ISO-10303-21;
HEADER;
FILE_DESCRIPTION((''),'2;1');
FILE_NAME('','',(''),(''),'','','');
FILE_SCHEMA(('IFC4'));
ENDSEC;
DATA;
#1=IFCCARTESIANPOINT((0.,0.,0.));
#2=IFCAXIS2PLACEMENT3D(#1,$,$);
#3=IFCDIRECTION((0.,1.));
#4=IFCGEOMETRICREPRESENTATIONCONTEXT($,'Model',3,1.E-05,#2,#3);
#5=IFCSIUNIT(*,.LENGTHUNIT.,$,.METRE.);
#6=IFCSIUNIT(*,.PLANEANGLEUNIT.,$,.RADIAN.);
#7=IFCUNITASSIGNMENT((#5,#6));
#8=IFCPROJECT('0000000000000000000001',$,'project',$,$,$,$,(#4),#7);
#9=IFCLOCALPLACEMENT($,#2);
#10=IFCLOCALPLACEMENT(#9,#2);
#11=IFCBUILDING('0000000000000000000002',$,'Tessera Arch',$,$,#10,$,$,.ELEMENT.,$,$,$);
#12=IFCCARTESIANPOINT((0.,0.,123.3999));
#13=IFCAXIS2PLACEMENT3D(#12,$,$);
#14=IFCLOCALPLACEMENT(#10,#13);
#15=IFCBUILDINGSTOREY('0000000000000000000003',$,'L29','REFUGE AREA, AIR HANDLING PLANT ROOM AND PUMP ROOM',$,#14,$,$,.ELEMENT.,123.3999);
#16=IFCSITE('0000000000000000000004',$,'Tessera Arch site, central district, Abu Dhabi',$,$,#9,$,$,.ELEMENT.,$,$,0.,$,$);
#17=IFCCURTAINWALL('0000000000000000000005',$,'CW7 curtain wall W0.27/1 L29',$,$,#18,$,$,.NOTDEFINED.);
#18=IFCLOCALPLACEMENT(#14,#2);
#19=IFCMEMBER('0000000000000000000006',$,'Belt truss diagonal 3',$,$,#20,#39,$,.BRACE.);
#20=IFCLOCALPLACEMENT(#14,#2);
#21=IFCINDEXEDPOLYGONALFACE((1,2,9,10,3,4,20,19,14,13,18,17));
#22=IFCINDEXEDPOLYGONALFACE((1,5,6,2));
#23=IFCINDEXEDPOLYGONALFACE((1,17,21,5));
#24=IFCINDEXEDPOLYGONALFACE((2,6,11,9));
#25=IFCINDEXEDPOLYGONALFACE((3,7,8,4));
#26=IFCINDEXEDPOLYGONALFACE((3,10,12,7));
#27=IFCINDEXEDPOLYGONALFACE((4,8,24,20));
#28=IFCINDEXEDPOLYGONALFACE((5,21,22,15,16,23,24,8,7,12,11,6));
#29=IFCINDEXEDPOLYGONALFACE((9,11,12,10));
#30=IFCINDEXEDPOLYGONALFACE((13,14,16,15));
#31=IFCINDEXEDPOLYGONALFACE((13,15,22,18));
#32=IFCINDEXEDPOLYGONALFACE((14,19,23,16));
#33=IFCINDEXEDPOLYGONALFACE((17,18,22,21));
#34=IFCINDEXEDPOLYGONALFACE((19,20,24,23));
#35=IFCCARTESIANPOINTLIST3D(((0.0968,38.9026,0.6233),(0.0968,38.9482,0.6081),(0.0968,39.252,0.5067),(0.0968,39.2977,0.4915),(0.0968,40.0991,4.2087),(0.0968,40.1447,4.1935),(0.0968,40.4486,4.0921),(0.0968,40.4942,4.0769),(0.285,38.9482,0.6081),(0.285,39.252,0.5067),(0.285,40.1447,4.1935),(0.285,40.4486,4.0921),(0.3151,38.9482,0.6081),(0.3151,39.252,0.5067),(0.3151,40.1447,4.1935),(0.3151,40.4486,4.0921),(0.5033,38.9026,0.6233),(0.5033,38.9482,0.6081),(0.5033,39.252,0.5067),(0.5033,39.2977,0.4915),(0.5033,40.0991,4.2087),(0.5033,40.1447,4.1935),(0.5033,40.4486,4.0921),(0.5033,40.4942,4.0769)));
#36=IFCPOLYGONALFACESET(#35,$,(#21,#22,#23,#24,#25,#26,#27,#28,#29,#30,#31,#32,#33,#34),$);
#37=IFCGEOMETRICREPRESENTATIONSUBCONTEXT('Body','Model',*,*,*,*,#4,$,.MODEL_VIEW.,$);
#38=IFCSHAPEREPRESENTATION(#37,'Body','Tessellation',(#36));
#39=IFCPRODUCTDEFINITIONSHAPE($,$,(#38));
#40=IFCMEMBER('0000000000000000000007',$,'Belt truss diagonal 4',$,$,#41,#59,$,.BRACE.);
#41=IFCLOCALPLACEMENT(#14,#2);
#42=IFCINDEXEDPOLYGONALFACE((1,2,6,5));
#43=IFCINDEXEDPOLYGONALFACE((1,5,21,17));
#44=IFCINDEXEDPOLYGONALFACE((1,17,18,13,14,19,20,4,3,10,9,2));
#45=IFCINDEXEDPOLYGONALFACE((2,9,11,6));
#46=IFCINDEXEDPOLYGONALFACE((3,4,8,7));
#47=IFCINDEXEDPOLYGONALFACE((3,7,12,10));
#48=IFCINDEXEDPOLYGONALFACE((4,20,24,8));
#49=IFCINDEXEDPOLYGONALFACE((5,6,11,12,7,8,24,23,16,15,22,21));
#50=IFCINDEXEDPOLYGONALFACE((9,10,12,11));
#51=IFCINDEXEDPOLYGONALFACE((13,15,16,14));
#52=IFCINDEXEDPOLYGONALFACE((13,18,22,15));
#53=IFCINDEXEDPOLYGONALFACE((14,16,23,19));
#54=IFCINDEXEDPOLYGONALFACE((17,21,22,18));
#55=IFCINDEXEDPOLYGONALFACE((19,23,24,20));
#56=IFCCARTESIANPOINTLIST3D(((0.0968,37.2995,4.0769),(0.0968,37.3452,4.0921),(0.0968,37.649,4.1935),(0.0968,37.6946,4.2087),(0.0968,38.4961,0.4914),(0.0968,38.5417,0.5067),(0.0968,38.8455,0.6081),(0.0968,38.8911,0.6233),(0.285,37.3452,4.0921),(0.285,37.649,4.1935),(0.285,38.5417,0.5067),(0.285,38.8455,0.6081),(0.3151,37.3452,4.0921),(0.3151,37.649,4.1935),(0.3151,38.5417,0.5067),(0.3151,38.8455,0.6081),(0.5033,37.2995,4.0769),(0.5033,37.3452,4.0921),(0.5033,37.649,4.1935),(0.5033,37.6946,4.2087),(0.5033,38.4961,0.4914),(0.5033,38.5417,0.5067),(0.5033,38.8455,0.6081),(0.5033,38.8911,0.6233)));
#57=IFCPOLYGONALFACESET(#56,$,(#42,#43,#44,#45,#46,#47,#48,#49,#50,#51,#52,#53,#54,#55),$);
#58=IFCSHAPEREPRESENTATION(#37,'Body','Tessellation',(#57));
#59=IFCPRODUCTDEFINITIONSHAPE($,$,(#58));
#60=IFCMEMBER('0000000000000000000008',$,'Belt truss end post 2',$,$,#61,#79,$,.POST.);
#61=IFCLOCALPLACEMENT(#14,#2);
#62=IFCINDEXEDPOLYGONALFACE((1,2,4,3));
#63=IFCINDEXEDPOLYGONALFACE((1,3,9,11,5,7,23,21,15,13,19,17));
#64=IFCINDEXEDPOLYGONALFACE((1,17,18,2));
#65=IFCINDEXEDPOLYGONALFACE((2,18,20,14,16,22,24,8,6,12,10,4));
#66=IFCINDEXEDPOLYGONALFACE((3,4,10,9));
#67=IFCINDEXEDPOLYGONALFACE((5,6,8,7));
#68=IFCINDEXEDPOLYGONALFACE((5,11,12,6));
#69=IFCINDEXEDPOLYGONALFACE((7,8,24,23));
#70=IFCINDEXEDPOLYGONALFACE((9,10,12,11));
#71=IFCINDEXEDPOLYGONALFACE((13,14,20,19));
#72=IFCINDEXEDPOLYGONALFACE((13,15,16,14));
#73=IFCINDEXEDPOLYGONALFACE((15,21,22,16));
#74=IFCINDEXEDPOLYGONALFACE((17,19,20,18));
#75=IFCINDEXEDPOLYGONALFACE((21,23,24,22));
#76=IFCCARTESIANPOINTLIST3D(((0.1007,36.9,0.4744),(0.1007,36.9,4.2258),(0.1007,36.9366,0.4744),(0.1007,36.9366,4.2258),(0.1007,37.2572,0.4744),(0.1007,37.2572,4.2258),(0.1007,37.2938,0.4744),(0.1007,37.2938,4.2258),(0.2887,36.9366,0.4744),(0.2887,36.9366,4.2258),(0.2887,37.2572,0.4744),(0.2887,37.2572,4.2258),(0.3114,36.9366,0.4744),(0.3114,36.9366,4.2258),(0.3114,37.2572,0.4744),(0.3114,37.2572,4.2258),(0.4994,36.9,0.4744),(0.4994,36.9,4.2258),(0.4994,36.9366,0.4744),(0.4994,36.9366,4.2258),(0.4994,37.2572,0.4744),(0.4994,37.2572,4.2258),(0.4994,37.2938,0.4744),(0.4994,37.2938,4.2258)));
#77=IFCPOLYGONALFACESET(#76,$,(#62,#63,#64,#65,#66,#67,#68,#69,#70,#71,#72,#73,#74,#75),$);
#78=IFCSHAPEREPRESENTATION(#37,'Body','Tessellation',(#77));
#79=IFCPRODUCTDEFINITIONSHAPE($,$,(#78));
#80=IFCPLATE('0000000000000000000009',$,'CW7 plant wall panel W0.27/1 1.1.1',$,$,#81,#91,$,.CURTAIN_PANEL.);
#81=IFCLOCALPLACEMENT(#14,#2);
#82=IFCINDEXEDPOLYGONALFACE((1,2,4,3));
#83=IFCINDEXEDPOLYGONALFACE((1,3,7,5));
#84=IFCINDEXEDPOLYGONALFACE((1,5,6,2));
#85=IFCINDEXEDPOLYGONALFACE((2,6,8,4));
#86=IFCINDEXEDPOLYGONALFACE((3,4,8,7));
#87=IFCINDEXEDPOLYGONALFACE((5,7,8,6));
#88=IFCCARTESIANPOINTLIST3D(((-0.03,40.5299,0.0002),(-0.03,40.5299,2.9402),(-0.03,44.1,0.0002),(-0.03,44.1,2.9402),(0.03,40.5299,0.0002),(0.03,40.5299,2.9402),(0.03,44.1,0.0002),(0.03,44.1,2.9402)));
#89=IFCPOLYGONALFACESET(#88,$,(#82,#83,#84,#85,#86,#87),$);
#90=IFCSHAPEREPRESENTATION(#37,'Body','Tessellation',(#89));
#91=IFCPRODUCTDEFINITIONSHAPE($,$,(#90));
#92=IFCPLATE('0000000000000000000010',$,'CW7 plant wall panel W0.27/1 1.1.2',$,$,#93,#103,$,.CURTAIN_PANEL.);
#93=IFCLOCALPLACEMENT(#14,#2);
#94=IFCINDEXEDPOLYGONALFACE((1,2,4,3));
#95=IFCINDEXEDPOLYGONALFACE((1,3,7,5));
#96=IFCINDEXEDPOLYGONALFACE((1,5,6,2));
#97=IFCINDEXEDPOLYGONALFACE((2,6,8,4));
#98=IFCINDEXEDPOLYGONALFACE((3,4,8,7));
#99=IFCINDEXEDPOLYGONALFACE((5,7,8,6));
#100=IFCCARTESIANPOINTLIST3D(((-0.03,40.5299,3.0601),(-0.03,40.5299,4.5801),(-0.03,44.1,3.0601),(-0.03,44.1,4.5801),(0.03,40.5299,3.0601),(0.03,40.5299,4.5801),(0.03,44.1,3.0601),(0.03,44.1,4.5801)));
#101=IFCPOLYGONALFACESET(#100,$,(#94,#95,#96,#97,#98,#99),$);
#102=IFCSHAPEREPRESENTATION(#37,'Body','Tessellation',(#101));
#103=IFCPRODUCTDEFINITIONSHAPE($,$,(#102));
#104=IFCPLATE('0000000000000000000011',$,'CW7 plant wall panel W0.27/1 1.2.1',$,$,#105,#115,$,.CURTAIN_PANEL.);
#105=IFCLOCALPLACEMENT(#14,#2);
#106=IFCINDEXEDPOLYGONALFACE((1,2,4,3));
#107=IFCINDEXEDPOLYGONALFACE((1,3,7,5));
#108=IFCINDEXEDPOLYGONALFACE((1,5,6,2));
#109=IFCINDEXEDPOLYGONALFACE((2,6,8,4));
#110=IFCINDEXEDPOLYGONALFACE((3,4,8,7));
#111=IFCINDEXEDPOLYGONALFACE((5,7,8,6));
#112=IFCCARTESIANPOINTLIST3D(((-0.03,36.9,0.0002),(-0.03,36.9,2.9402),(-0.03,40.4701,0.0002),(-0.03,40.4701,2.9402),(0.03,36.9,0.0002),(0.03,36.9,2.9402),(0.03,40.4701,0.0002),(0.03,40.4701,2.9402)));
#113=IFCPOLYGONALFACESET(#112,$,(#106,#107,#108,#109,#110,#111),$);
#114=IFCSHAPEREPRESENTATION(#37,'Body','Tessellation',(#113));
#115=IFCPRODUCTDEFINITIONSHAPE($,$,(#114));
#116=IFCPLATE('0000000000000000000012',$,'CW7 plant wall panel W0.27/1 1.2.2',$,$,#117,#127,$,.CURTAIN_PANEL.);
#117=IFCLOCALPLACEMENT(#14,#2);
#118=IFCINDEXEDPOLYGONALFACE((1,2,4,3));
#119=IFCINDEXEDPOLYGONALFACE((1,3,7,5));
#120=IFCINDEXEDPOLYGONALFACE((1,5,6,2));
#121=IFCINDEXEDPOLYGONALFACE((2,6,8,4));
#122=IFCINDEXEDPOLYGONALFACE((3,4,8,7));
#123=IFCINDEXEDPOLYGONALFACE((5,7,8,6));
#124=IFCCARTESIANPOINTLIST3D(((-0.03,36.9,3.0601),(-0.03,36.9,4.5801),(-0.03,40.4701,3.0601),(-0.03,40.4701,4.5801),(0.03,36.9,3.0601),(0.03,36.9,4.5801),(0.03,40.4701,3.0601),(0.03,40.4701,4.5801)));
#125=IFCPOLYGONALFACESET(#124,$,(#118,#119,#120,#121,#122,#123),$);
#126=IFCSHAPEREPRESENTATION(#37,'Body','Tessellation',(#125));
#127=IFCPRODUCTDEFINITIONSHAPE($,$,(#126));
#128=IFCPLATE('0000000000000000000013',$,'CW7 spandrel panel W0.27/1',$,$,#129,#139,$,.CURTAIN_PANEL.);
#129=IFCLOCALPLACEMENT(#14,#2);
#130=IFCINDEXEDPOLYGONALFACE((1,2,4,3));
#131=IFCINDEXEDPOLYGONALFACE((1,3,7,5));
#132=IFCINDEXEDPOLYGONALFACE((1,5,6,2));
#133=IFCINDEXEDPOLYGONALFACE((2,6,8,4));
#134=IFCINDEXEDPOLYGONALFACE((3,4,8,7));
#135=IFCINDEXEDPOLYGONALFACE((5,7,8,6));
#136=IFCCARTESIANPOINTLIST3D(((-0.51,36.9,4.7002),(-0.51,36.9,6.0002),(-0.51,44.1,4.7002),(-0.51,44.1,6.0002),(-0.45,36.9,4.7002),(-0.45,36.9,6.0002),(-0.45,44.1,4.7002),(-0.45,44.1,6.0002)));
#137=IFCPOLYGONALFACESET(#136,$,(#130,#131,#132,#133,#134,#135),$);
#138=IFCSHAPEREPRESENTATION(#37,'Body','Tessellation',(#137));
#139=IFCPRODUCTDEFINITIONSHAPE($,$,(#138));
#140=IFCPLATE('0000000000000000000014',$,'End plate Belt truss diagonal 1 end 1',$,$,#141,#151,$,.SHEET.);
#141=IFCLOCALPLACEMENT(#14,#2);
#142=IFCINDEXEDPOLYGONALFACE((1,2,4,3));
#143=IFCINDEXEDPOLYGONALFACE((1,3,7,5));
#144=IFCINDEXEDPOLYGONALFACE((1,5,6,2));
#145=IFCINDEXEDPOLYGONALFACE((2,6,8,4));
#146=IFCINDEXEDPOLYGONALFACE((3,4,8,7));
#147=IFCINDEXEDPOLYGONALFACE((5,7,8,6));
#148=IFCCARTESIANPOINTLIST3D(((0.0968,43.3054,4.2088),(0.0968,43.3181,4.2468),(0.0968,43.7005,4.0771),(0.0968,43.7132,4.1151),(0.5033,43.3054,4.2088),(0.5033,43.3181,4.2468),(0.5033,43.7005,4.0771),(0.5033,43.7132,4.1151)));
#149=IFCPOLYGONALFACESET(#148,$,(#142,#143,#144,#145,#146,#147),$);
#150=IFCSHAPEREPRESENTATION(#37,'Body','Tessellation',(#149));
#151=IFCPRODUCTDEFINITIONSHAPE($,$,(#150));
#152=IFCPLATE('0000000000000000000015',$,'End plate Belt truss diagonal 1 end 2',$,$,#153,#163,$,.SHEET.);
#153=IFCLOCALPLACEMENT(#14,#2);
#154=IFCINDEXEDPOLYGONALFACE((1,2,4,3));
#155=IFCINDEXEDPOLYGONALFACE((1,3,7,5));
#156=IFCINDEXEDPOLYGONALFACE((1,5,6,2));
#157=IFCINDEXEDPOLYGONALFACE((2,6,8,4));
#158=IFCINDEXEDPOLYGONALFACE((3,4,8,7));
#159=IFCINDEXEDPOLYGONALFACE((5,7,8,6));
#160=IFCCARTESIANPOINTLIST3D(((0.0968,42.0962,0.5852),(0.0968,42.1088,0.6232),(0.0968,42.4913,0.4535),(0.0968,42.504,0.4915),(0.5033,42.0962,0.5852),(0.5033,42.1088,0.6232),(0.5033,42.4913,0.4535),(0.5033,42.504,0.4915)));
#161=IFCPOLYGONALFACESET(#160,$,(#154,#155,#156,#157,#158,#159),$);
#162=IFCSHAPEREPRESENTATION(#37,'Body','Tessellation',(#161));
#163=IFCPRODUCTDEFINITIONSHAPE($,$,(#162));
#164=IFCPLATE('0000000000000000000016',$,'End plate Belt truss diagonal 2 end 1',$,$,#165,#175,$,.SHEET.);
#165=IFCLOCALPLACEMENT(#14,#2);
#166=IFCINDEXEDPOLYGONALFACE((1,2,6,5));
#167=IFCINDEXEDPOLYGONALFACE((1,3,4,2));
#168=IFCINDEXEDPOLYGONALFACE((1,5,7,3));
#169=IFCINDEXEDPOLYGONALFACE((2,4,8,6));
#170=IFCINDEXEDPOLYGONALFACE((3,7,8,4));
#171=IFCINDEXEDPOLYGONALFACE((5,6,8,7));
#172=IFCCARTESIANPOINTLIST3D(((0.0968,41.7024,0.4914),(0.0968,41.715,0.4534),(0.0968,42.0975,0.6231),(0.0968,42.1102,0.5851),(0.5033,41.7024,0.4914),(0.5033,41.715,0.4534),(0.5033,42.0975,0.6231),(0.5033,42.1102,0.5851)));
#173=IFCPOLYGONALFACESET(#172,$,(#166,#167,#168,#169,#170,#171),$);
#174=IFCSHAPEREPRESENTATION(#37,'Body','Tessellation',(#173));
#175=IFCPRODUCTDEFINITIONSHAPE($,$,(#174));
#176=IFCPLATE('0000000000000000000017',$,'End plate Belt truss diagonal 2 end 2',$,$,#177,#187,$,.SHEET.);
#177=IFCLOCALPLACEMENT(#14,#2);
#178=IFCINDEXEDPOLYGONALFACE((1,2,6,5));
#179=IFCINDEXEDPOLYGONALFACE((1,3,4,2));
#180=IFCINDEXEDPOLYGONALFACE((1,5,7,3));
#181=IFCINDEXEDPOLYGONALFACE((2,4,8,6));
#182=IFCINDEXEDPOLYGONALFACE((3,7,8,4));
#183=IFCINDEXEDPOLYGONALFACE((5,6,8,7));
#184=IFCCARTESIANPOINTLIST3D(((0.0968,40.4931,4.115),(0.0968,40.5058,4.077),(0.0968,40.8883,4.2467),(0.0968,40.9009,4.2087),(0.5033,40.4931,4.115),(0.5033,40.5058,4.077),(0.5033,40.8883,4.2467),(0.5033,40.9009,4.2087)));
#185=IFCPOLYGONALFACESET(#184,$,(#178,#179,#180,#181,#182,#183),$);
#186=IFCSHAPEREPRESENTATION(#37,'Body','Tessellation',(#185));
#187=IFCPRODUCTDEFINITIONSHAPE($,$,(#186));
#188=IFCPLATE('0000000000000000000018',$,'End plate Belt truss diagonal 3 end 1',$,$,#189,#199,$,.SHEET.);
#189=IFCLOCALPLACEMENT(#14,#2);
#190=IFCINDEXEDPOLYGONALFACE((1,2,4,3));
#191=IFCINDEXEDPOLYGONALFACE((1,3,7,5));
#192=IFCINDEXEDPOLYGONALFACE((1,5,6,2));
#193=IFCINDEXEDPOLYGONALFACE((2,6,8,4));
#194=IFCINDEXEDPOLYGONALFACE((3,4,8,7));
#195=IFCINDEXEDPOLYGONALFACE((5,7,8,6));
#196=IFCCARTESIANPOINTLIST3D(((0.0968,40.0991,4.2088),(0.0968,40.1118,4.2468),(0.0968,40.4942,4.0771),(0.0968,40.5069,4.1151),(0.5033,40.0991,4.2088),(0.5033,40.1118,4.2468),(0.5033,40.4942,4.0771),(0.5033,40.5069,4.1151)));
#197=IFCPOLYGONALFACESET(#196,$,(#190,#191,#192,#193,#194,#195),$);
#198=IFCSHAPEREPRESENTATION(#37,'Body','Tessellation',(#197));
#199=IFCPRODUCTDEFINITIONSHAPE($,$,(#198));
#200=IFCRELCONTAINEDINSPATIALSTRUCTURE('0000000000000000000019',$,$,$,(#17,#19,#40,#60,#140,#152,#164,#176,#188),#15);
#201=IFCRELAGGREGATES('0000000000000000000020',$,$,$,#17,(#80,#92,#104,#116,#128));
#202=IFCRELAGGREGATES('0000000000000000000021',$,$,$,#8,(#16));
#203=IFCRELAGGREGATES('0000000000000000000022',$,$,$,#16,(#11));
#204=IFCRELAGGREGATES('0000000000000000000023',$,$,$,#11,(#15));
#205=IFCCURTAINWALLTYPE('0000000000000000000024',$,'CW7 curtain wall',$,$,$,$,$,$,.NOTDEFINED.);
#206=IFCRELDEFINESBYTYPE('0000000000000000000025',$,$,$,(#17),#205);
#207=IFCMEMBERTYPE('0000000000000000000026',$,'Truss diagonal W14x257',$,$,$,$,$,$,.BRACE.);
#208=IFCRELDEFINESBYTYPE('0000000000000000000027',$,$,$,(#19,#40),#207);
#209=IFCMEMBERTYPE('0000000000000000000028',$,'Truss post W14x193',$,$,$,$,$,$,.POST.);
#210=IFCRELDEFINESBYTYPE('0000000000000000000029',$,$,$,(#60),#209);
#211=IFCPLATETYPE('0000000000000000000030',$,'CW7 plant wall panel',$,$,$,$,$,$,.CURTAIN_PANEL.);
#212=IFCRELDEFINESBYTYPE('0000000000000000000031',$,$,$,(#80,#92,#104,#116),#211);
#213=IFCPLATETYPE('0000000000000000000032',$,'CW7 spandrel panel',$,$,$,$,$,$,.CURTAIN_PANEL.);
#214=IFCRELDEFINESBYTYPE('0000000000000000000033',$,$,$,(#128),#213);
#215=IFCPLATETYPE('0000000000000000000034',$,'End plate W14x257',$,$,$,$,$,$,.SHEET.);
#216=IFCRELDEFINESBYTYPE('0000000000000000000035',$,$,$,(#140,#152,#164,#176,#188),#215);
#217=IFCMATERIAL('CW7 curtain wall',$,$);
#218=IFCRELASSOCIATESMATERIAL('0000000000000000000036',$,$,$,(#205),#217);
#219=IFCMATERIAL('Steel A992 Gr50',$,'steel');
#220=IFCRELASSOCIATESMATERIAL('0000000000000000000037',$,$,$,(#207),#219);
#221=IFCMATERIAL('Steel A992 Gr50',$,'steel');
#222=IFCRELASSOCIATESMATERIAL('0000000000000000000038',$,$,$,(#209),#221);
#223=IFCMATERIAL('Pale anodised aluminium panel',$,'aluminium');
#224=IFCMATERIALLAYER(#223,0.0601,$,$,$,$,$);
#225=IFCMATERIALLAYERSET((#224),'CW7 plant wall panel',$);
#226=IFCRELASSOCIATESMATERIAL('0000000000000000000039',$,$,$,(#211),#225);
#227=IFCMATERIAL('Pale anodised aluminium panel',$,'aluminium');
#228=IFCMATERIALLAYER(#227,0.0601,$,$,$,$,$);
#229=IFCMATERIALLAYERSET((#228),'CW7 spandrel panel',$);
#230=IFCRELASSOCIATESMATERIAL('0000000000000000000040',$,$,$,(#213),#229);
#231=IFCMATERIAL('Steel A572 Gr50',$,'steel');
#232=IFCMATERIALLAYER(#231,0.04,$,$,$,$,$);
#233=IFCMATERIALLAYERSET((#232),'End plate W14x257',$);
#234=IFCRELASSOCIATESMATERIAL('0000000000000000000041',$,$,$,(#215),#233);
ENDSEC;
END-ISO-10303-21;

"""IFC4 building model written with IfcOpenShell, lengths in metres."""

from ifc_helpers import new_model, si_unit, direction, frame, origin, origin_2d, place, context, subcontext, project, spatial, rectangle, i_section, extrude, material, layer, layer_set, material_profile, profile_set, type_object, element, aggregate, save


model = new_model("IFC4")

# Units and contexts
model_context = context("Model", 3, precision=1e-05, world=origin(), true_north=direction((0.0, 1.0)))
body_context = subcontext(model_context, "Body", "Model", "MODEL_VIEW")
ifc_project = project(units=[si_unit("LENGTHUNIT", "METRE"), si_unit("PLANEANGLEUNIT", "RADIAN")], contexts=[model_context])

# Site, building, storey
site_placement = place(None, origin())
site = spatial("IfcSite", under=ifc_project, at=site_placement, Name="Tessera Arch site, central district, Abu Dhabi", CompositionType="ELEMENT", RefElevation=0.0)
building_placement = place(site_placement, origin())
building = spatial("IfcBuilding", under=site, at=building_placement, Name="Tessera Arch", CompositionType="ELEMENT")
storey_placement = place(building_placement, frame((0.0, 0.0, 123.3999)))
storey = spatial("IfcBuildingStorey", under=building, at=storey_placement, Name="L29", Description="REFUGE AREA, AIR HANDLING PLANT ROOM AND PUMP ROOM", CompositionType="ELEMENT", Elevation=123.3999)

# Curtain wall
ifc_material_1 = material(Name="CW7 curtain wall")
curtain_wall_type = type_object("IfcCurtainWallType", Name="CW7 curtain wall", PredefinedType="NOTDEFINED", material=ifc_material_1)
curtain_wall_placement = place(storey_placement, origin())
curtain_wall = element("IfcCurtainWall", 1, at=curtain_wall_placement, inside=storey, type_object=curtain_wall_type, Name="CW7 curtain wall W0.27/1 L29", PredefinedType="NOTDEFINED")

# Members
ifc_material_2 = material(Name="Steel A992 Gr50", Category="steel")
ifc_material_profile_1 = material_profile(ifc_material_2, i_section(OverallWidth=0.4065, OverallDepth=0.4165, WebThickness=0.03, FlangeThickness=0.0481, at=origin_2d()), Name="W14x257")
ifc_profile_set_1 = profile_set([ifc_material_profile_1], Name="Steel A992 Gr50")
member_type_1 = type_object("IfcMemberType", Name="Truss diagonal W14x257", PredefinedType="BRACE", material=ifc_profile_set_1)
for number, where, z_axis, x_axis, name in (
    (2, (0.3, 40.2966, 4.1428), (0.0, -0.316557, -0.948573), (1.0, 0.0, 0.0), "Belt truss diagonal 3"),
    (3, (0.3, 38.6936, 0.5574), (0.0, -0.316557, 0.948573), (1.0, 0.0, 0.0), "Belt truss diagonal 4"),
):
    element("IfcMember", number, at=place(storey_placement, frame(where, z_axis=z_axis, x_axis=x_axis)), inside=storey, type_object=member_type_1, Name=name, PredefinedType="BRACE", context=body_context, shape_type="SweptSolid", body=[
        extrude(i_section(OverallWidth=0.4065, OverallDepth=0.4165, WebThickness=0.03, FlangeThickness=0.0481, at=origin_2d()), origin(), (0.0, 0.0, 1.0), 3.7798),
    ])
ifc_material_3 = material(Name="Steel A992 Gr50", Category="steel")
ifc_material_profile_2 = material_profile(ifc_material_3, i_section(OverallWidth=0.3987, OverallDepth=0.3938, WebThickness=0.0227, FlangeThickness=0.0366, at=origin_2d()), Name="W14x193")
ifc_profile_set_2 = profile_set([ifc_material_profile_2], Name="Steel A992 Gr50")
member_type_2 = type_object("IfcMemberType", Name="Truss post W14x193", PredefinedType="POST", material=ifc_profile_set_2)
member_1_placement = place(storey_placement, frame((0.3, 37.0969, 0.4744), z_axis=(0.0, 0.0, 1.0), x_axis=(1.0, 0.0, 0.0)))
element("IfcMember", 4, at=member_1_placement, inside=storey, type_object=member_type_2, Name="Belt truss end post 2", PredefinedType="POST", context=body_context, shape_type="SweptSolid", body=[
    extrude(i_section(OverallWidth=0.3987, OverallDepth=0.3938, WebThickness=0.0227, FlangeThickness=0.0366, at=origin_2d()), origin(), (0.0, 0.0, 1.0), 3.7515),
])

# Plates
ifc_material_4 = material(Name="Pale anodised aluminium panel", Category="aluminium")
ifc_layer_1 = layer(ifc_material_4, 0.0601)
ifc_layer_set_1 = layer_set([ifc_layer_1], Name="CW7 plant wall panel")
plate_type_1 = type_object("IfcPlateType", Name="CW7 plant wall panel", PredefinedType="CURTAIN_PANEL", material=ifc_layer_set_1)
plate_1_placement = place(storey_placement, frame((0.0, 42.3149, 0.0002), z_axis=(0.0, 0.0, 1.0), x_axis=(0.0, -1.0, 0.0)))
plate_1 = element("IfcPlate", 5, at=plate_1_placement, type_object=plate_type_1, Name="CW7 plant wall panel W0.27/1 1.1.1", PredefinedType="CURTAIN_PANEL", context=body_context, shape_type="SweptSolid", body=[
    extrude(rectangle(XDim=3.5701, YDim=0.0601, at=origin_2d()), origin(), (0.0, 0.0, 1.0), 2.9399),
])
plate_2_placement = place(storey_placement, frame((0.0, 42.3149, 3.0601), z_axis=(0.0, 0.0, 1.0), x_axis=(0.0, -1.0, 0.0)))
plate_2 = element("IfcPlate", 6, at=plate_2_placement, type_object=plate_type_1, Name="CW7 plant wall panel W0.27/1 1.1.2", PredefinedType="CURTAIN_PANEL", context=body_context, shape_type="SweptSolid", body=[
    extrude(rectangle(XDim=3.5701, YDim=0.0601, at=origin_2d()), origin(), (0.0, 0.0, 1.0), 1.52),
])
plate_3_placement = place(storey_placement, frame((0.0, 38.6851, 0.0002), z_axis=(0.0, 0.0, 1.0), x_axis=(0.0, -1.0, 0.0)))
plate_3 = element("IfcPlate", 7, at=plate_3_placement, type_object=plate_type_1, Name="CW7 plant wall panel W0.27/1 1.2.1", PredefinedType="CURTAIN_PANEL", context=body_context, shape_type="SweptSolid", body=[
    extrude(rectangle(XDim=3.5701, YDim=0.0601, at=origin_2d()), origin(), (0.0, 0.0, 1.0), 2.9399),
])
plate_4_placement = place(storey_placement, frame((0.0, 38.6851, 3.0601), z_axis=(0.0, 0.0, 1.0), x_axis=(0.0, -1.0, 0.0)))
plate_4 = element("IfcPlate", 8, at=plate_4_placement, type_object=plate_type_1, Name="CW7 plant wall panel W0.27/1 1.2.2", PredefinedType="CURTAIN_PANEL", context=body_context, shape_type="SweptSolid", body=[
    extrude(rectangle(XDim=3.5701, YDim=0.0601, at=origin_2d()), origin(), (0.0, 0.0, 1.0), 1.52),
])
ifc_material_5 = material(Name="Pale anodised aluminium panel", Category="aluminium")
ifc_layer_2 = layer(ifc_material_5, 0.0601)
ifc_layer_set_2 = layer_set([ifc_layer_2], Name="CW7 spandrel panel")
plate_type_2 = type_object("IfcPlateType", Name="CW7 spandrel panel", PredefinedType="CURTAIN_PANEL", material=ifc_layer_set_2)
plate_5_placement = place(storey_placement, frame((-0.48, 40.5, 4.7002), z_axis=(0.0, 0.0, 1.0), x_axis=(0.0, -1.0, 0.0)))
plate_5 = element("IfcPlate", 9, at=plate_5_placement, type_object=plate_type_2, Name="CW7 spandrel panel W0.27/1", PredefinedType="CURTAIN_PANEL", context=body_context, shape_type="SweptSolid", body=[
    extrude(rectangle(XDim=7.2, YDim=0.0601, at=origin_2d()), origin(), (0.0, 0.0, 1.0), 1.3),
])
aggregate(curtain_wall, [plate_1, plate_2, plate_3, plate_4, plate_5])

# Plates
ifc_material_6 = material(Name="Steel A572 Gr50", Category="steel")
ifc_layer_3 = layer(ifc_material_6, 0.04)
ifc_layer_set_3 = layer_set([ifc_layer_3], Name="End plate W14x257")
plate_type_3 = type_object("IfcPlateType", Name="End plate W14x257", PredefinedType="SHEET", material=ifc_layer_set_3)
for number, where, z_axis, x_axis, name in (
    (10, (0.3, 43.5156, 4.1809), (0.0, -0.316228, -0.948683), (1.0, 0.0, 0.0), "End plate Belt truss diagonal 1 end 1"),
    (11, (0.3, 42.3064, 0.5574), (0.0, -0.316228, -0.948683), (1.0, 0.0, 0.0), "End plate Belt truss diagonal 1 end 2"),
    (12, (0.3, 41.9126, 0.5193), (0.0, -0.316228, 0.948683), (1.0, 0.0, 0.0), "End plate Belt truss diagonal 2 end 1"),
    (13, (0.3, 40.7034, 4.1428), (0.0, -0.316228, 0.948683), (1.0, 0.0, 0.0), "End plate Belt truss diagonal 2 end 2"),
    (14, (0.3, 40.3093, 4.1809), (0.0, -0.316228, -0.948683), (1.0, 0.0, 0.0), "End plate Belt truss diagonal 3 end 1"),
):
    element("IfcPlate", number, at=place(storey_placement, frame(where, z_axis=z_axis, x_axis=x_axis)), inside=storey, type_object=plate_type_3, Name=name, PredefinedType="SHEET", context=body_context, shape_type="SweptSolid", body=[
        extrude(rectangle(XDim=0.4065, YDim=0.4165, at=origin_2d()), origin(), (0.0, 0.0, 1.0), 0.04),
    ])

save(model, "model.ifc")
